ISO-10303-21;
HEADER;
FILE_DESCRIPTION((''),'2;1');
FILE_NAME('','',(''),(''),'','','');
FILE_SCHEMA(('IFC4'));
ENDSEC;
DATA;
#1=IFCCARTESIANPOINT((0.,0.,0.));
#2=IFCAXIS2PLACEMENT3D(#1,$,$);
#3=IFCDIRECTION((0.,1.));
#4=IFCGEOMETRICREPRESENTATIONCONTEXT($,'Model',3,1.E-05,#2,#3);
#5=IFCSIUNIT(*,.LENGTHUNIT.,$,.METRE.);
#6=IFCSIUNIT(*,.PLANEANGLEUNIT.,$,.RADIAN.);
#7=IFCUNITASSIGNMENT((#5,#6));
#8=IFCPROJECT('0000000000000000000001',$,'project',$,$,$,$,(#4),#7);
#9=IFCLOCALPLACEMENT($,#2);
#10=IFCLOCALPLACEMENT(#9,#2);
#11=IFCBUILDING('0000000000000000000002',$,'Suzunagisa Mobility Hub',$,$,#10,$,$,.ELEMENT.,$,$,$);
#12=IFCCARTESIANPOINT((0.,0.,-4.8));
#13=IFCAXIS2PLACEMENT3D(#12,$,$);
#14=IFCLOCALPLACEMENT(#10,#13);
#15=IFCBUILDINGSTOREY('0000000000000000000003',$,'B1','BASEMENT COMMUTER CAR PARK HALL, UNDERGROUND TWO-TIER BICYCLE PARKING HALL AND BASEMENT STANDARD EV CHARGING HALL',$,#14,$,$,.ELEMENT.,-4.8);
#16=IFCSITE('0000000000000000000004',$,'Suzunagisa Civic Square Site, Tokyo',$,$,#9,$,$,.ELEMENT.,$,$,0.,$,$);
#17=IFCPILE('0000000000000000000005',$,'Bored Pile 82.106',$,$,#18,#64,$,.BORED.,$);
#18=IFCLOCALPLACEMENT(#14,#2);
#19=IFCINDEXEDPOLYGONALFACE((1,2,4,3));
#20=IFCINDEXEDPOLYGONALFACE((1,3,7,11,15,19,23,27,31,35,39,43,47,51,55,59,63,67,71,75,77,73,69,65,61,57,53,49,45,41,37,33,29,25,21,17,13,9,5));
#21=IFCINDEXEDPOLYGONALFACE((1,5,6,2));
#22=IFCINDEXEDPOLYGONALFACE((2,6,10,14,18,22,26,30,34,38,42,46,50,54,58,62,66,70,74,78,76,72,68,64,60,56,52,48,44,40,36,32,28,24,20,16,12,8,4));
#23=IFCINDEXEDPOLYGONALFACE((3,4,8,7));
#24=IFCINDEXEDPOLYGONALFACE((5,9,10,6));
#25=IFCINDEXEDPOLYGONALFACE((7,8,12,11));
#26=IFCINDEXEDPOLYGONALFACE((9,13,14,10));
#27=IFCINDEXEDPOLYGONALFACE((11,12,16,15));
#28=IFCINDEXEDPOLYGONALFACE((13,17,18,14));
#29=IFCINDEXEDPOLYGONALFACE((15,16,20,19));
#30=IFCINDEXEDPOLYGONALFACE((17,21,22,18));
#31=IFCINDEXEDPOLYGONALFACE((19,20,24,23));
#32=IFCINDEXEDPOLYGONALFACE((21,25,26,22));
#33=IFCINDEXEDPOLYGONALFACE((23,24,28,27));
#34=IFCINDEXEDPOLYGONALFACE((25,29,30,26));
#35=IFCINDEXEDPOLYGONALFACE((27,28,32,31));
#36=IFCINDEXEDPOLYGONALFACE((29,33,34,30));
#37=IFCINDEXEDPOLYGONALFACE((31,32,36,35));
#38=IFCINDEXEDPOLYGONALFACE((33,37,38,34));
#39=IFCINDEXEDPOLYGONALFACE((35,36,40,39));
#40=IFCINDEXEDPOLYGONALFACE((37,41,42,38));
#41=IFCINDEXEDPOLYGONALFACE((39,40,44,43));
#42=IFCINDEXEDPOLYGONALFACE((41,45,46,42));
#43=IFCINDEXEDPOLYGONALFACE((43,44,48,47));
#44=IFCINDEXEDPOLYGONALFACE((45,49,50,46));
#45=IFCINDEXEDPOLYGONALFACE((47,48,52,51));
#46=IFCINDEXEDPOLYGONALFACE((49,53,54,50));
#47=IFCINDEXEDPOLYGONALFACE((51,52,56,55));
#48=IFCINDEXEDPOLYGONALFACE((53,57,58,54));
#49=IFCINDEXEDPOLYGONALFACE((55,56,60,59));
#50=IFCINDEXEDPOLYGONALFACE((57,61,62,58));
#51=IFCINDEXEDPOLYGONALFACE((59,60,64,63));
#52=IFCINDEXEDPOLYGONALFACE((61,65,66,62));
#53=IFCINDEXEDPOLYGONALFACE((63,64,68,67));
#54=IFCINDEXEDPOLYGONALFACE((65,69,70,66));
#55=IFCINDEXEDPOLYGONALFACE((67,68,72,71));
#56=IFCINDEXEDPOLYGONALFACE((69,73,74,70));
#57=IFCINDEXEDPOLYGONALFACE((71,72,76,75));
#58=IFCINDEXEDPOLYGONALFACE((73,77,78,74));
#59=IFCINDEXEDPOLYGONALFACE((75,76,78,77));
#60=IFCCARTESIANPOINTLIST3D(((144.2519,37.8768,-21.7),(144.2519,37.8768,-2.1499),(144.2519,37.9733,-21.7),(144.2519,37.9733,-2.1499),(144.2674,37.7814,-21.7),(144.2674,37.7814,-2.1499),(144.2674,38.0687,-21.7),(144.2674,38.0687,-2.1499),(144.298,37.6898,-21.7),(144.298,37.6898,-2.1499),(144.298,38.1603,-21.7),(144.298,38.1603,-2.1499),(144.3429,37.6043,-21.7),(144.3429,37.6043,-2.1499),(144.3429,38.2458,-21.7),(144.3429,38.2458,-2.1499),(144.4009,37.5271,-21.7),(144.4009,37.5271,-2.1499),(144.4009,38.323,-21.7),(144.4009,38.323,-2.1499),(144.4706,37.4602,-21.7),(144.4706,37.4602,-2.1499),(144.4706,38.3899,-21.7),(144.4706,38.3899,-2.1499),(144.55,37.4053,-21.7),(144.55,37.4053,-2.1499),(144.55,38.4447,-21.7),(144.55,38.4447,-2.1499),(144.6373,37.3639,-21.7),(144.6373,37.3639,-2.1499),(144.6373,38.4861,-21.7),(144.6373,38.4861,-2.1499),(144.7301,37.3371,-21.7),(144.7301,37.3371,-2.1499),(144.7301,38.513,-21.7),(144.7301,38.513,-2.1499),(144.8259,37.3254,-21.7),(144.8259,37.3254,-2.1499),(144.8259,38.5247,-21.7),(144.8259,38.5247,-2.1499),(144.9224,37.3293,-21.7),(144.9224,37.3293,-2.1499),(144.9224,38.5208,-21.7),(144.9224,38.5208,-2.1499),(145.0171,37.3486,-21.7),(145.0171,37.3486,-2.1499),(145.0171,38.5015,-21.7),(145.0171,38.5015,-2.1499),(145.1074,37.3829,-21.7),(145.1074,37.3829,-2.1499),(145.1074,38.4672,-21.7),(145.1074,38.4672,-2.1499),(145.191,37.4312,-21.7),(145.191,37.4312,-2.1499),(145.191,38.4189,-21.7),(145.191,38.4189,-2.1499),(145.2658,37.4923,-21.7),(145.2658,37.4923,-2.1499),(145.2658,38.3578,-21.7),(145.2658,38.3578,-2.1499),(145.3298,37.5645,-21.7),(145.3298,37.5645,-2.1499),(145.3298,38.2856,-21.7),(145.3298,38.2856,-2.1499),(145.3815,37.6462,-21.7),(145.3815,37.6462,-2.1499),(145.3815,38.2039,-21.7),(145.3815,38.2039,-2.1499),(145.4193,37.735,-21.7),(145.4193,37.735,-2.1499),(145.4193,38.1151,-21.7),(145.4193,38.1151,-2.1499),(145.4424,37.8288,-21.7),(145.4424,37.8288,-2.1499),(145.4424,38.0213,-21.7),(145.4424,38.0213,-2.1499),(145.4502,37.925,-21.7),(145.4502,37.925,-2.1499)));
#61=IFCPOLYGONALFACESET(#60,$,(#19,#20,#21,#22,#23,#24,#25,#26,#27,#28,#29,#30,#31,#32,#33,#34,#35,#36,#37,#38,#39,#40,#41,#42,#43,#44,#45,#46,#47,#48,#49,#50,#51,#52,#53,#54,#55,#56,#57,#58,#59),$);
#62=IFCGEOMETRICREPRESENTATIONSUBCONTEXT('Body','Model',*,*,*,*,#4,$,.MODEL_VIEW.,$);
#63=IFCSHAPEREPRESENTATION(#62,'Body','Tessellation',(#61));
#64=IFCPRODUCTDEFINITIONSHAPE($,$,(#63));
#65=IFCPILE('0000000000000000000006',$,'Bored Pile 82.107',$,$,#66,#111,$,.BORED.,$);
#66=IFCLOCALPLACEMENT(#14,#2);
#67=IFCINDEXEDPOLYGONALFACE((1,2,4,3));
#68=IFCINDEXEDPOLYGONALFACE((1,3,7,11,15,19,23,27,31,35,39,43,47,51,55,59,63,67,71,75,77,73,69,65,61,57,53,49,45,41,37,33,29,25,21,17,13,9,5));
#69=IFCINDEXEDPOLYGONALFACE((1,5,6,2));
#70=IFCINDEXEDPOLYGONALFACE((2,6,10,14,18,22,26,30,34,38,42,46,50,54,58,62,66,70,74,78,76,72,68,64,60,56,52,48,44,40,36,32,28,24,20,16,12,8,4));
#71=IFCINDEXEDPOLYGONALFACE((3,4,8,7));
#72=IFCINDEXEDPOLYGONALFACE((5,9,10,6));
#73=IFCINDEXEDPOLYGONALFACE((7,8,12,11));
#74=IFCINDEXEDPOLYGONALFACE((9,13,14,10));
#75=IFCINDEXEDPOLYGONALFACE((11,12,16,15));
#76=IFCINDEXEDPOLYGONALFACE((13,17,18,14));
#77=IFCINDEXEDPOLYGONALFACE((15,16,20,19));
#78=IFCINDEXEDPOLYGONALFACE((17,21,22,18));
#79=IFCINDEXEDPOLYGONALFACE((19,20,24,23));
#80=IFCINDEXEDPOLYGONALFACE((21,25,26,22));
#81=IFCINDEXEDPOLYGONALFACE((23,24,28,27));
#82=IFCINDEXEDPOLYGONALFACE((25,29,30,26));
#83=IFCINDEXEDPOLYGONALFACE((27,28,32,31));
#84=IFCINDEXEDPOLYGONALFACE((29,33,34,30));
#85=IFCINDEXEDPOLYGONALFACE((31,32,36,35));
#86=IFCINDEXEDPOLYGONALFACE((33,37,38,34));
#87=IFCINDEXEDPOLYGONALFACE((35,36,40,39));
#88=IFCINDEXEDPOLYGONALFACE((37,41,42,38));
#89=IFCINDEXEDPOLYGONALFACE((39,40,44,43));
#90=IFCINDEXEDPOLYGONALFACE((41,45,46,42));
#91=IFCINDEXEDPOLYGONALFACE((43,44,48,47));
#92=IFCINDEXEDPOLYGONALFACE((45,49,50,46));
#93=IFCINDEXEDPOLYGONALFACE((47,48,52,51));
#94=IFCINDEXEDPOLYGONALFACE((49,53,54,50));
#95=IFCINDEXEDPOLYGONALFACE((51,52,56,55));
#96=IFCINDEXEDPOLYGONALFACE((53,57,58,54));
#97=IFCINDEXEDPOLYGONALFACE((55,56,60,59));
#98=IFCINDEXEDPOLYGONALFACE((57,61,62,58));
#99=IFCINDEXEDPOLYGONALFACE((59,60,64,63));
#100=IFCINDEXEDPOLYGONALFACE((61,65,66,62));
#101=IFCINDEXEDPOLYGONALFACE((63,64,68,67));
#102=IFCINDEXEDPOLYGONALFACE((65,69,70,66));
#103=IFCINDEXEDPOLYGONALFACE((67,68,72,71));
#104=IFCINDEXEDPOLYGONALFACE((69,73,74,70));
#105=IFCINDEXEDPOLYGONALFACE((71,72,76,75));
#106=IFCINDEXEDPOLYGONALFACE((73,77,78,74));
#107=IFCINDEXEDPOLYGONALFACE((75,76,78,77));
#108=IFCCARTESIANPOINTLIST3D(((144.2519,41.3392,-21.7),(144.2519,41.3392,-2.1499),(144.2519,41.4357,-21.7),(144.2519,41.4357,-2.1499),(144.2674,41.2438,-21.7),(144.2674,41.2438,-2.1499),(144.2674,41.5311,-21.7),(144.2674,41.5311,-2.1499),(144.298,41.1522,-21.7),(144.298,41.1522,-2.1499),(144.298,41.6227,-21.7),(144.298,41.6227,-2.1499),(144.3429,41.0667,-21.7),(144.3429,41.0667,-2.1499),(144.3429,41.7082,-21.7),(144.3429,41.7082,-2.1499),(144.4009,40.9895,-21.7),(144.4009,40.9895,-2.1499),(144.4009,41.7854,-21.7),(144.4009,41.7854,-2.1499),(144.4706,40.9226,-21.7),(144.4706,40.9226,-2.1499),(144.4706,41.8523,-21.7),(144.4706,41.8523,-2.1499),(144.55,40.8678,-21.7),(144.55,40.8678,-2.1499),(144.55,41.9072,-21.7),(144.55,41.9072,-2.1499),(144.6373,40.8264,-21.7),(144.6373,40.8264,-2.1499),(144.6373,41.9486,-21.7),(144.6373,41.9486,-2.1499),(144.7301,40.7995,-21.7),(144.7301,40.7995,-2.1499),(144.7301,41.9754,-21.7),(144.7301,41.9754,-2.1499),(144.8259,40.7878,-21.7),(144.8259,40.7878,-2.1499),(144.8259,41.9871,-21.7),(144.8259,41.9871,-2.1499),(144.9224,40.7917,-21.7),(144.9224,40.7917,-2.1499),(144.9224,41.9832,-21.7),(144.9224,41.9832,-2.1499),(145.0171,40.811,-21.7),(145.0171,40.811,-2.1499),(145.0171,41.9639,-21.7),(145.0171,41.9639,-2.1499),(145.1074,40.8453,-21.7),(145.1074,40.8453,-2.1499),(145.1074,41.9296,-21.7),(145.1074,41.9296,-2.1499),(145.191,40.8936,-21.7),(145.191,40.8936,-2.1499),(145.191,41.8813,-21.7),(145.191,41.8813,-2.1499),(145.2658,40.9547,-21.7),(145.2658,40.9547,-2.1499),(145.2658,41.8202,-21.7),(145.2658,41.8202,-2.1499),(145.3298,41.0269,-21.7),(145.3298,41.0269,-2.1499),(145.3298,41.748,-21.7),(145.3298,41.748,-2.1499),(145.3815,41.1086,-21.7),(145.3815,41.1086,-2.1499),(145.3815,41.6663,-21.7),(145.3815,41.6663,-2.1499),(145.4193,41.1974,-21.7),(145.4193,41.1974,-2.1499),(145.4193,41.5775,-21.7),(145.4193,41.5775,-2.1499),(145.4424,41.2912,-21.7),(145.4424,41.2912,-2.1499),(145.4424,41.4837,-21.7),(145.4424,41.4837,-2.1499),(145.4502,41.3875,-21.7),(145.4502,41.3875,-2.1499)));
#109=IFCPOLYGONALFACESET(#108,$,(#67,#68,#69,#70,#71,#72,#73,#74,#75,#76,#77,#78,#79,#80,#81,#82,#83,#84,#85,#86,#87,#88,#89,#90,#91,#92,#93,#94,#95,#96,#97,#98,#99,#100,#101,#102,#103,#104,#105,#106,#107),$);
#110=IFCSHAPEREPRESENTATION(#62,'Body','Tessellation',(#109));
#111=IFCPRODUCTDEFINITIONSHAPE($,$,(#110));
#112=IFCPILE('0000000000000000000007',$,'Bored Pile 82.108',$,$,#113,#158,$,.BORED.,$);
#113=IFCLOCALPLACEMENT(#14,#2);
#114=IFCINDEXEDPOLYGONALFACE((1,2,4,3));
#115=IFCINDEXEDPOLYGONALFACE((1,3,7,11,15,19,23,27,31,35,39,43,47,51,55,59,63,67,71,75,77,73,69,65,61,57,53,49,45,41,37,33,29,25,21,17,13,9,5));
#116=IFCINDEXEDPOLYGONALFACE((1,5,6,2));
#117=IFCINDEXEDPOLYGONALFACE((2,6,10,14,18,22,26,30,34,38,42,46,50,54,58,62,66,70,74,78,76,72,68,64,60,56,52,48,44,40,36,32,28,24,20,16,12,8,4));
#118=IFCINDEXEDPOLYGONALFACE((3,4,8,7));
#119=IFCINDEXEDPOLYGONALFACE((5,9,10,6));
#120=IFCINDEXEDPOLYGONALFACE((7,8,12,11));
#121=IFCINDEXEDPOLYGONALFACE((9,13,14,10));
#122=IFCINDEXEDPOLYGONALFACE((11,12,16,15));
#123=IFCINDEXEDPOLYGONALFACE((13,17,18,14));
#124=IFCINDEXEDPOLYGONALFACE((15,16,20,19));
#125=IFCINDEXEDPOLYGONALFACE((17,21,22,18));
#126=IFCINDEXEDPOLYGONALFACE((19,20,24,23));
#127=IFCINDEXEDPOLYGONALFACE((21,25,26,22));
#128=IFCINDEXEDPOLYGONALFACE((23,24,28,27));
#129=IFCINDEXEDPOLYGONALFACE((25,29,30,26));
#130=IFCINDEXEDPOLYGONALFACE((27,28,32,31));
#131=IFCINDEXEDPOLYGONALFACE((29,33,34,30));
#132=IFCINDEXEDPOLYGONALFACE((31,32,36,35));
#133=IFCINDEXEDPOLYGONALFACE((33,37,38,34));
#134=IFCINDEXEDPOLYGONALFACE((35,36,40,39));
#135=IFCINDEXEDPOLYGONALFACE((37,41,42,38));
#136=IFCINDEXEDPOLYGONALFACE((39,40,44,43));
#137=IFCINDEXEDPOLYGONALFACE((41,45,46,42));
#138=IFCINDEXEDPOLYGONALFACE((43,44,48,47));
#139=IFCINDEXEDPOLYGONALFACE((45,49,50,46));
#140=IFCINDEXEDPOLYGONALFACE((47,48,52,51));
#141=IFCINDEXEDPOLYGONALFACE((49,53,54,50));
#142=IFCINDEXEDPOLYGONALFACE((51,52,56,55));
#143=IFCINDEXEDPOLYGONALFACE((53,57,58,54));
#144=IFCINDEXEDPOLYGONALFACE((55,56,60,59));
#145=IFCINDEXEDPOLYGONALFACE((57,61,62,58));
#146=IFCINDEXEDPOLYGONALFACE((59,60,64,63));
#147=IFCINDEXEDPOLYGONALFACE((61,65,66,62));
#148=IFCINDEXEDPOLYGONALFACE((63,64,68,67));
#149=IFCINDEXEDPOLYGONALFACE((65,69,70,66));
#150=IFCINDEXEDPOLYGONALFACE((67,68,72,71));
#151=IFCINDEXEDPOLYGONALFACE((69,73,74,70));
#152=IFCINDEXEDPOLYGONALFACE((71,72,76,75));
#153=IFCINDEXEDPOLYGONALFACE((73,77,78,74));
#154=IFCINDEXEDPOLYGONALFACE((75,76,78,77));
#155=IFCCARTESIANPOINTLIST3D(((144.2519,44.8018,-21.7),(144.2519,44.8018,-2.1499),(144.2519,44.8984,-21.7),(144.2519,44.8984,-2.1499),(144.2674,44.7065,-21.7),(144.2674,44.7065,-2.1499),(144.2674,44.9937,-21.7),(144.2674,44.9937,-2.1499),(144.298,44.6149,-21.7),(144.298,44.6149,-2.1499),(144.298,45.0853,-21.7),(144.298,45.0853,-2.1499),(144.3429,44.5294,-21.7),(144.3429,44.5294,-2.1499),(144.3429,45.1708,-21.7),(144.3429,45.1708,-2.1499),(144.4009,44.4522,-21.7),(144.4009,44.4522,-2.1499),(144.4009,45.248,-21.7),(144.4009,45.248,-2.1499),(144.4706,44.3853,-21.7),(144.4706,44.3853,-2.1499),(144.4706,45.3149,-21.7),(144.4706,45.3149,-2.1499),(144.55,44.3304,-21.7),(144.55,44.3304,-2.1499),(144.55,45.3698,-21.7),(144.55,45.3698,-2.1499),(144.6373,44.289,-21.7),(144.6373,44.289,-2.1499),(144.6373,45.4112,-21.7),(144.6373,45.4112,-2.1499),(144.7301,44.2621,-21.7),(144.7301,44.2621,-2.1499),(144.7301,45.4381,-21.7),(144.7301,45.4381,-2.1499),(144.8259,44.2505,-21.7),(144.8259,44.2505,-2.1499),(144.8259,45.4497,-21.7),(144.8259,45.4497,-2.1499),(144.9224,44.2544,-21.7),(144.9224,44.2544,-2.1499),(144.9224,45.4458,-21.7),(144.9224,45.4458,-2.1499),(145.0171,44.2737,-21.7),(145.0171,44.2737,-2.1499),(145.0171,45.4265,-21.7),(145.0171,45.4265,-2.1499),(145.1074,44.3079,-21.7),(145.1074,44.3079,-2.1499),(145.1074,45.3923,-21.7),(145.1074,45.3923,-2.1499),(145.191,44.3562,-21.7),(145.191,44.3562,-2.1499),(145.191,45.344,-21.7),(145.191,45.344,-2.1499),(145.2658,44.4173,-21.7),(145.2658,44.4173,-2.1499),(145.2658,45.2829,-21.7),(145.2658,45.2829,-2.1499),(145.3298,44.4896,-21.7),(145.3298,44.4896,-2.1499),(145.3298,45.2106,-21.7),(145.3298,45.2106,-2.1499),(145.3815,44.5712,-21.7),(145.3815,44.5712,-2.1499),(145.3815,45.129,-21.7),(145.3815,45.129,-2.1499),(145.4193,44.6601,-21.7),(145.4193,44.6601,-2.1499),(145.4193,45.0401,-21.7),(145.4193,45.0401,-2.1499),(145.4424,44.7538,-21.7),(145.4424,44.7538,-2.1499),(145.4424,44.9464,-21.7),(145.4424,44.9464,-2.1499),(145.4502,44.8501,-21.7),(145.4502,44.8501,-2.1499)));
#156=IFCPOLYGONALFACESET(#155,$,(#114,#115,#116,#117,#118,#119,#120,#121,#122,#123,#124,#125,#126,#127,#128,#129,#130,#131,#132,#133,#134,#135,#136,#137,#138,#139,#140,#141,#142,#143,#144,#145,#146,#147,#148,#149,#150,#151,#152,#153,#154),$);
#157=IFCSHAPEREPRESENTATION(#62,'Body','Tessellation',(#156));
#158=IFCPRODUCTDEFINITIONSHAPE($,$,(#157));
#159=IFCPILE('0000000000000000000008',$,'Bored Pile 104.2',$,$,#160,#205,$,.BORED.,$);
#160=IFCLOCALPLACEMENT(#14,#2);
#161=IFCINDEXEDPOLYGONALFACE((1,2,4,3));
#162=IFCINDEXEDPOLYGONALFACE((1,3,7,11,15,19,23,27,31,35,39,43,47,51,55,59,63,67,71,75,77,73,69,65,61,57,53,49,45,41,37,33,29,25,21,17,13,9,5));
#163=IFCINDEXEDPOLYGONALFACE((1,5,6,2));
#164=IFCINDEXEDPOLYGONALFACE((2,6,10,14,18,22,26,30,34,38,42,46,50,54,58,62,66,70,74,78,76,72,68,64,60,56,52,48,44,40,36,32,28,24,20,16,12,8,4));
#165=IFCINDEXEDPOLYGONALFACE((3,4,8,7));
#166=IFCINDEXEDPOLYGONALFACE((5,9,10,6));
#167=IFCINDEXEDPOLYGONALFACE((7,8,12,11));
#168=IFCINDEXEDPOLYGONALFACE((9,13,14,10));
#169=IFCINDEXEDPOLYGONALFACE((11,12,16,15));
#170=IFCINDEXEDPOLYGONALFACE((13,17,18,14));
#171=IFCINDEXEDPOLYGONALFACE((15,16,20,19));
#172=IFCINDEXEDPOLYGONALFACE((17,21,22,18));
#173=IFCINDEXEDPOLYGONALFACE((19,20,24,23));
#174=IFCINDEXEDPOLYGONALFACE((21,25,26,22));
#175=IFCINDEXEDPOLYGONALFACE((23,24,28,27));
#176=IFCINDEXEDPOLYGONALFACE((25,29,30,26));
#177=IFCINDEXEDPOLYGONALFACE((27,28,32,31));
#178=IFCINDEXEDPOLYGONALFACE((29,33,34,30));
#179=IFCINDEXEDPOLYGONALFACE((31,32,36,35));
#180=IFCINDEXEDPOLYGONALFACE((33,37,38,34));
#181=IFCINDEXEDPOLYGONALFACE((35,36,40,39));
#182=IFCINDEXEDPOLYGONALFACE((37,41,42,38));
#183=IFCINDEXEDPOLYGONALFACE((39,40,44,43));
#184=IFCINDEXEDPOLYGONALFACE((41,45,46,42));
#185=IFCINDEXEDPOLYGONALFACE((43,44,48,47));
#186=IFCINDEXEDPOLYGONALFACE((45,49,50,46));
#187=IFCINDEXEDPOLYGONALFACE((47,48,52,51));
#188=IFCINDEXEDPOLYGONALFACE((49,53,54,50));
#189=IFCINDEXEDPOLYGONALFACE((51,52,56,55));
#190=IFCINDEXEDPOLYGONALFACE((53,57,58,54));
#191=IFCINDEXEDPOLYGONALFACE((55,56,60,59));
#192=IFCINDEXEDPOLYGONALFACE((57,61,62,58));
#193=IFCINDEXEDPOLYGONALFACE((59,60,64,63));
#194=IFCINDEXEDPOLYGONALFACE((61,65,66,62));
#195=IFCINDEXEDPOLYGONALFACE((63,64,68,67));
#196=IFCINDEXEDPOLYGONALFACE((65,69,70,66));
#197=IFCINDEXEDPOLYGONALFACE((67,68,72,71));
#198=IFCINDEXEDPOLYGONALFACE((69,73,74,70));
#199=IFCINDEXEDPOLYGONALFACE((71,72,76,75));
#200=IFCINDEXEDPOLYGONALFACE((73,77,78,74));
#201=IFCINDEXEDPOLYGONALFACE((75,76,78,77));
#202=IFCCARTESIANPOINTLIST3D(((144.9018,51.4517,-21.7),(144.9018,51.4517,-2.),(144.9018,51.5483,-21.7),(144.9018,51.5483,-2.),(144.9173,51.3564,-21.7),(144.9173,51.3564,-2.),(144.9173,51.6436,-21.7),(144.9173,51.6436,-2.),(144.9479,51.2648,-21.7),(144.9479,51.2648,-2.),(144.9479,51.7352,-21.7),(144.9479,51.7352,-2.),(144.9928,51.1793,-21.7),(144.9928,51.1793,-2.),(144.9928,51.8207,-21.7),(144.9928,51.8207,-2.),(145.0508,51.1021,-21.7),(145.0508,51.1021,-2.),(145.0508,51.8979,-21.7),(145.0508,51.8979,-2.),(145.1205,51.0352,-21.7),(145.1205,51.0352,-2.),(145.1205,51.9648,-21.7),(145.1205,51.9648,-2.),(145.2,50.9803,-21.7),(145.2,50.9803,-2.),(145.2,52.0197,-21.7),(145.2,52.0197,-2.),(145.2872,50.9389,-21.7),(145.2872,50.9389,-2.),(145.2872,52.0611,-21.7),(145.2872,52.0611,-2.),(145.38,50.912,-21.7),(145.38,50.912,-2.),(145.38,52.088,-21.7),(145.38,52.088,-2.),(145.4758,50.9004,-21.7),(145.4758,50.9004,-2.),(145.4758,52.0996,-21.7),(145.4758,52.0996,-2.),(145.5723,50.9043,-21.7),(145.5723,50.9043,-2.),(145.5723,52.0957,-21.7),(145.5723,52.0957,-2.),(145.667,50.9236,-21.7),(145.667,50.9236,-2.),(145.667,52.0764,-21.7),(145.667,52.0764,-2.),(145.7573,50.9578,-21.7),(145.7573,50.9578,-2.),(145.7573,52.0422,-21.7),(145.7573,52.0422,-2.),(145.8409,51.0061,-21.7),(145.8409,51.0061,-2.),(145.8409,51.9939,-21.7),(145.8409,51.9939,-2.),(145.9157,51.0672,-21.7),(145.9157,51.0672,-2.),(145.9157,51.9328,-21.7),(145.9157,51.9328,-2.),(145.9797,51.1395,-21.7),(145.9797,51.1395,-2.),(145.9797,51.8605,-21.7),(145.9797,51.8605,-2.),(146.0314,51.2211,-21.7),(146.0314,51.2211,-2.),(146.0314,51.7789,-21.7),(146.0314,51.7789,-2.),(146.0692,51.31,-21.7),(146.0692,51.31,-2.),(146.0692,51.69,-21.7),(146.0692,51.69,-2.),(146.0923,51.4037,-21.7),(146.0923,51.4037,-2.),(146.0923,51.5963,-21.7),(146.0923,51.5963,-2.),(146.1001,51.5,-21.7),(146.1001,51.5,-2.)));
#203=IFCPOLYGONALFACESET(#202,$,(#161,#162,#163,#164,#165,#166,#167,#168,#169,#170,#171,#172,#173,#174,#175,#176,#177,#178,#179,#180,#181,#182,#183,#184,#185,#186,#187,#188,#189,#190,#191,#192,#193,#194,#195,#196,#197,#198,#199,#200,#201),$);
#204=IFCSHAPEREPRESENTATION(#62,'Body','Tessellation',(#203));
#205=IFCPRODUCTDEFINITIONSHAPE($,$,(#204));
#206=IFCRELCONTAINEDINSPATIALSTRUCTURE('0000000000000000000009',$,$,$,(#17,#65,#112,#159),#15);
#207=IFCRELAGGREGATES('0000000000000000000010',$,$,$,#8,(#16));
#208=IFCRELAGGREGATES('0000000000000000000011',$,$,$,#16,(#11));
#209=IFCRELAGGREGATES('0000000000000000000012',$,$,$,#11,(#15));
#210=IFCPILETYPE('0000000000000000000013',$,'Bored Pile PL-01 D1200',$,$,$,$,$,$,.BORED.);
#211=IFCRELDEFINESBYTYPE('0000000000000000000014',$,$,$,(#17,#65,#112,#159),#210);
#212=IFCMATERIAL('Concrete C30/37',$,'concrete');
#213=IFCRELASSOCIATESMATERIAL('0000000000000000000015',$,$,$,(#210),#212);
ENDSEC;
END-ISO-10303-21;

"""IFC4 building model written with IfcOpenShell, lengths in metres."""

from ifc_helpers import new_model, si_unit, direction, frame, origin, origin_2d, place, context, subcontext, project, spatial, circle, extrude, material, material_profile, profile_set, type_object, element, save


model = new_model("IFC4")

# Units and contexts
model_context = context("Model", 3, precision=1e-05, world=origin(), true_north=direction((0.0, 1.0)))
body_context = subcontext(model_context, "Body", "Model", "MODEL_VIEW")
ifc_project = project(units=[si_unit("LENGTHUNIT", "METRE"), si_unit("PLANEANGLEUNIT", "RADIAN")], contexts=[model_context])

# Site, building, storey
site_placement = place(None, origin())
site = spatial("IfcSite", under=ifc_project, at=site_placement, Name="Suzunagisa Civic Square Site, Tokyo", CompositionType="ELEMENT", RefElevation=0.0)
building_placement = place(site_placement, origin())
building = spatial("IfcBuilding", under=site, at=building_placement, Name="Suzunagisa Mobility Hub", CompositionType="ELEMENT")
storey_placement = place(building_placement, frame((0.0, 0.0, -4.8)))
storey = spatial("IfcBuildingStorey", under=building, at=storey_placement, Name="B1", Description="BASEMENT COMMUTER CAR PARK HALL, UNDERGROUND TWO-TIER BICYCLE PARKING HALL AND BASEMENT STANDARD EV CHARGING HALL", CompositionType="ELEMENT", Elevation=-4.8)

# Piles
ifc_material_1 = material(Name="Concrete C30/37", Category="concrete")
ifc_material_profile_1 = material_profile(ifc_material_1, circle(Radius=0.6001, at=origin_2d()), Name="BORED PILE D1200")
ifc_profile_set_1 = profile_set([ifc_material_profile_1], Name="Concrete C30/37")
pile_type = type_object("IfcPileType", Name="Bored Pile PL-01 D1200", PredefinedType="BORED", material=ifc_profile_set_1)
for number, where, z_axis, x_axis, name in (
    (1, (144.8501, 37.925, -2.1499), (0.0, 0.0, -1.0), (1.0, 0.0, 0.0), "Bored Pile 82.106"),
    (2, (144.8501, 41.3875, -2.1499), (0.0, 0.0, -1.0), (1.0, 0.0, 0.0), "Bored Pile 82.107"),
    (3, (144.8501, 44.8501, -2.1499), (0.0, 0.0, -1.0), (1.0, 0.0, 0.0), "Bored Pile 82.108"),
):
    element("IfcPile", number, at=place(storey_placement, frame(where, z_axis=z_axis, x_axis=x_axis)), inside=storey, type_object=pile_type, Name=name, PredefinedType="BORED", context=body_context, shape_type="SweptSolid", body=[
        extrude(circle(Radius=0.6001, at=origin_2d()), origin(), (0.0, 0.0, 1.0), 19.55),
    ])
pile_1_placement = place(storey_placement, frame((145.5, 51.5, -2.0), z_axis=(0.0, 0.0, -1.0), x_axis=(1.0, 0.0, 0.0)))
element("IfcPile", 4, at=pile_1_placement, inside=storey, type_object=pile_type, Name="Bored Pile 104.2", PredefinedType="BORED", context=body_context, shape_type="SweptSolid", body=[
    extrude(circle(Radius=0.6001, at=origin_2d()), origin(), (0.0, 0.0, 1.0), 19.7),
])

save(model, "model.ifc")
